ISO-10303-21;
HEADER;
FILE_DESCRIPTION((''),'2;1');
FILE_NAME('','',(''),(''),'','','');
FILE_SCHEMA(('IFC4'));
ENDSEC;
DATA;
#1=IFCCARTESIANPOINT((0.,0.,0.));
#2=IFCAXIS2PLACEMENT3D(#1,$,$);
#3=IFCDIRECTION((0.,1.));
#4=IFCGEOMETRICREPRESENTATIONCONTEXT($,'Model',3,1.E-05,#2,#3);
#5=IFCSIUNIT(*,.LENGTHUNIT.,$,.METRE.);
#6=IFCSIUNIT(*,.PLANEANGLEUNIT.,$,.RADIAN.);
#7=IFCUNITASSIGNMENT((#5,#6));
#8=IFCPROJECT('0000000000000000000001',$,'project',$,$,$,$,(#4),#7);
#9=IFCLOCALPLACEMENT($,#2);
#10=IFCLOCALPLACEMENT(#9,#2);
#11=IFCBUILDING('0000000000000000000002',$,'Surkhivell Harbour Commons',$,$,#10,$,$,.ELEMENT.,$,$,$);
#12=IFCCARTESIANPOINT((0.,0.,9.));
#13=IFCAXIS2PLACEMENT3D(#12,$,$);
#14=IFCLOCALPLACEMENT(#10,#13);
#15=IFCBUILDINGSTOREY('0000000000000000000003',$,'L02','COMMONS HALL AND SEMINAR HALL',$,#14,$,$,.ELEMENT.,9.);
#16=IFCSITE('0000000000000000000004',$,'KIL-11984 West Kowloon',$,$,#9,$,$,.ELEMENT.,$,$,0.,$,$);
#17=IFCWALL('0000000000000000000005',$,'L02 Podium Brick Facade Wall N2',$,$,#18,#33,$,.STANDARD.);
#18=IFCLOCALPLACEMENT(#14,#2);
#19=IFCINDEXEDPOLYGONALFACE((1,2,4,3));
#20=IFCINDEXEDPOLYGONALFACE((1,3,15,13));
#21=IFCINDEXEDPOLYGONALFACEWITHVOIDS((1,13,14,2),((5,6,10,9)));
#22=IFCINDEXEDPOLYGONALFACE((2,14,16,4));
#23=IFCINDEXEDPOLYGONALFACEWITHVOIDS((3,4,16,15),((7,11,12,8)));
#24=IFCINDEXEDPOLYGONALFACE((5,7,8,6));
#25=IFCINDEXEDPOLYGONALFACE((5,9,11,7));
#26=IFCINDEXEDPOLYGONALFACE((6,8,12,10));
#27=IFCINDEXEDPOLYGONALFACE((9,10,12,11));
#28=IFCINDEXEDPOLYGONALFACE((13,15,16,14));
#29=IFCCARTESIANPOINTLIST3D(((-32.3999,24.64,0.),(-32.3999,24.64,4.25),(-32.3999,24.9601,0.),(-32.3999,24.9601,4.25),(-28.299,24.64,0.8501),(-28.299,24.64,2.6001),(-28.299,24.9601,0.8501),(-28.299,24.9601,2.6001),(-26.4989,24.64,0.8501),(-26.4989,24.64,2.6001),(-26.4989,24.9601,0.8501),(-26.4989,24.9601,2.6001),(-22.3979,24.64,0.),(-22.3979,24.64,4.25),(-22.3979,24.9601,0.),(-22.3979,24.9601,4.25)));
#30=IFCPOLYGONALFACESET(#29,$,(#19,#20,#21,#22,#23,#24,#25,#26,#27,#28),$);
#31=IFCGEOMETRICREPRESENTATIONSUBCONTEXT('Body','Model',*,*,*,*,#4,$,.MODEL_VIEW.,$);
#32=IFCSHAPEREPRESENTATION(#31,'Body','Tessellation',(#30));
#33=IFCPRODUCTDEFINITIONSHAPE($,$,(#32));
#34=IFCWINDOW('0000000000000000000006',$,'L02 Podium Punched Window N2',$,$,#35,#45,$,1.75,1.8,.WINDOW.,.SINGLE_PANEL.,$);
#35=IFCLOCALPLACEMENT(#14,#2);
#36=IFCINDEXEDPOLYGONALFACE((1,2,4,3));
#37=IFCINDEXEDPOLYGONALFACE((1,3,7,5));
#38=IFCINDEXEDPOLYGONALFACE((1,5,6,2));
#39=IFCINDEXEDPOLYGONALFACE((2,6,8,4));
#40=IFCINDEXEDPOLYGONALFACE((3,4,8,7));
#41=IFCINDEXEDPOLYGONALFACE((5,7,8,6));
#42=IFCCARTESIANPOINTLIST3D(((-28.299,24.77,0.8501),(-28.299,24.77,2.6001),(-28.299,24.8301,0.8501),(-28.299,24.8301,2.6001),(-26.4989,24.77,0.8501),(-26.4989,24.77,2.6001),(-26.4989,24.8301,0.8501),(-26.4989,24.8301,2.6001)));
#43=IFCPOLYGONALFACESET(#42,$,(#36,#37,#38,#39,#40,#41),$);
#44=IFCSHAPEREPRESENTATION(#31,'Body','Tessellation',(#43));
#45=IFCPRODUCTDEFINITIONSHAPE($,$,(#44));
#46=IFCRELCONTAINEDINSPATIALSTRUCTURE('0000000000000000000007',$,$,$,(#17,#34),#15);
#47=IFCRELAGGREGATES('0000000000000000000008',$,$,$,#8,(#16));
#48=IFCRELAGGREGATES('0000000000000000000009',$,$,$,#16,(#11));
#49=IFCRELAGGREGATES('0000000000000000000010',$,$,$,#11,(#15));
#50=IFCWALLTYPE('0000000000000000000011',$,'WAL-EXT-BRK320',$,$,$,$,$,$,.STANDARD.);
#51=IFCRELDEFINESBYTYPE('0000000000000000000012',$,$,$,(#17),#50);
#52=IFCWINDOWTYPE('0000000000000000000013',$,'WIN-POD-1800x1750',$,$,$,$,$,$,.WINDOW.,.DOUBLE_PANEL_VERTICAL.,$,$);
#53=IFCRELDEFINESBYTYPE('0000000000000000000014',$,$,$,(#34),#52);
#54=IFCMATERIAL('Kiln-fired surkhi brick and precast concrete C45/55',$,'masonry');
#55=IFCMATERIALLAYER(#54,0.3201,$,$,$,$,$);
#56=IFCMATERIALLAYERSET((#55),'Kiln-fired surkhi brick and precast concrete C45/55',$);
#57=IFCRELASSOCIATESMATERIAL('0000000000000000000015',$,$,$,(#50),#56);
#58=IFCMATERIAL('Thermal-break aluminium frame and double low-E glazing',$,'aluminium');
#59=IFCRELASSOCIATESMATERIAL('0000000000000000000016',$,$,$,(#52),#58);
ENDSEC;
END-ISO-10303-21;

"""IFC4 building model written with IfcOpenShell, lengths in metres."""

from ifc_helpers import new_model, si_unit, direction, frame, frame_2d, origin, place, context, subcontext, project, spatial, rectangle, extrude, material, layer, layer_set, type_object, element, fill, save


model = new_model("IFC4")

# Units and contexts
model_context = context("Model", 3, precision=1e-05, world=origin(), true_north=direction((0.0, 1.0)))
body_context = subcontext(model_context, "Body", "Model", "MODEL_VIEW")
ifc_project = project(units=[si_unit("LENGTHUNIT", "METRE"), si_unit("PLANEANGLEUNIT", "RADIAN")], contexts=[model_context])

# Site, building, storey
site_placement = place(None, origin())
site = spatial("IfcSite", under=ifc_project, at=site_placement, Name="KIL-11984 West Kowloon", CompositionType="ELEMENT", RefElevation=0.0)
building_placement = place(site_placement, origin())
building = spatial("IfcBuilding", under=site, at=building_placement, Name="Surkhivell Harbour Commons", CompositionType="ELEMENT")
storey_placement = place(building_placement, frame((0.0, 0.0, 9.0)))
storey = spatial("IfcBuildingStorey", under=building, at=storey_placement, Name="L02", Description="COMMONS HALL AND SEMINAR HALL", CompositionType="ELEMENT", Elevation=9.0)

# Wall, opening, window
ifc_material_1 = material(Name="Kiln-fired surkhi brick and precast concrete C45/55", Category="masonry")
ifc_layer_1 = layer(ifc_material_1, 0.3201)
ifc_layer_set_1 = layer_set([ifc_layer_1], Name="Kiln-fired surkhi brick and precast concrete C45/55")
wall_type = type_object("IfcWallType", Name="WAL-EXT-BRK320", PredefinedType="STANDARD", material=ifc_layer_set_1)
wall_placement = place(storey_placement, frame((-32.3999, 24.8, 0.0), z_axis=(0.0, 0.0, 1.0), x_axis=(1.0, 0.0, 0.0)))
wall = element("IfcWall", 1, at=wall_placement, inside=storey, type_object=wall_type, Name="L02 Podium Brick Facade Wall N2", PredefinedType="STANDARD", context=body_context, shape_type="SweptSolid", body=[
    extrude(rectangle(XDim=10.002, YDim=0.3201, at=frame_2d((5.001, 0.0))), origin(), (0.0, 0.0, 1.0), 4.25),
])
opening_placement = place(wall_placement, frame((4.1011, 0.0, 0.8501)))
opening = element("IfcOpeningElement", 2, at=opening_placement, cuts=wall, PredefinedType="OPENING", context=body_context, shape_type="SweptSolid", body=[
    extrude(rectangle(XDim=1.8, YDim=1.75, at=frame_2d((0.8999, 0.875))), frame((0.0, 0.1699, 0.0), z_axis=(0.0, -1.0, 0.0), x_axis=(1.0, 0.0, 0.0)), (0.0, 0.0, 1.0), 0.3401),
])
ifc_material_2 = material(Name="Thermal-break aluminium frame and double low-E glazing", Category="aluminium")
window_type = type_object("IfcWindowType", Name="WIN-POD-1800x1750", PartitioningType="DOUBLE_PANEL_VERTICAL", PredefinedType="WINDOW", material=ifc_material_2)
window_placement = place(opening_placement, origin())
window = element("IfcWindow", 3, at=window_placement, inside=storey, type_object=window_type, Name="L02 Podium Punched Window N2", OverallHeight=1.75, OverallWidth=1.8, PartitioningType="SINGLE_PANEL", PredefinedType="WINDOW", context=body_context, shape_type="SweptSolid", body=[
    extrude(rectangle(XDim=1.8, YDim=1.75, at=frame_2d((0.8999, 0.875))), frame((0.0, 0.03, 0.0), z_axis=(0.0, -1.0, 0.0), x_axis=(1.0, 0.0, 0.0)), (0.0, 0.0, 1.0), 0.0601),
])
fill(opening, window)

save(model, "model.ifc")
